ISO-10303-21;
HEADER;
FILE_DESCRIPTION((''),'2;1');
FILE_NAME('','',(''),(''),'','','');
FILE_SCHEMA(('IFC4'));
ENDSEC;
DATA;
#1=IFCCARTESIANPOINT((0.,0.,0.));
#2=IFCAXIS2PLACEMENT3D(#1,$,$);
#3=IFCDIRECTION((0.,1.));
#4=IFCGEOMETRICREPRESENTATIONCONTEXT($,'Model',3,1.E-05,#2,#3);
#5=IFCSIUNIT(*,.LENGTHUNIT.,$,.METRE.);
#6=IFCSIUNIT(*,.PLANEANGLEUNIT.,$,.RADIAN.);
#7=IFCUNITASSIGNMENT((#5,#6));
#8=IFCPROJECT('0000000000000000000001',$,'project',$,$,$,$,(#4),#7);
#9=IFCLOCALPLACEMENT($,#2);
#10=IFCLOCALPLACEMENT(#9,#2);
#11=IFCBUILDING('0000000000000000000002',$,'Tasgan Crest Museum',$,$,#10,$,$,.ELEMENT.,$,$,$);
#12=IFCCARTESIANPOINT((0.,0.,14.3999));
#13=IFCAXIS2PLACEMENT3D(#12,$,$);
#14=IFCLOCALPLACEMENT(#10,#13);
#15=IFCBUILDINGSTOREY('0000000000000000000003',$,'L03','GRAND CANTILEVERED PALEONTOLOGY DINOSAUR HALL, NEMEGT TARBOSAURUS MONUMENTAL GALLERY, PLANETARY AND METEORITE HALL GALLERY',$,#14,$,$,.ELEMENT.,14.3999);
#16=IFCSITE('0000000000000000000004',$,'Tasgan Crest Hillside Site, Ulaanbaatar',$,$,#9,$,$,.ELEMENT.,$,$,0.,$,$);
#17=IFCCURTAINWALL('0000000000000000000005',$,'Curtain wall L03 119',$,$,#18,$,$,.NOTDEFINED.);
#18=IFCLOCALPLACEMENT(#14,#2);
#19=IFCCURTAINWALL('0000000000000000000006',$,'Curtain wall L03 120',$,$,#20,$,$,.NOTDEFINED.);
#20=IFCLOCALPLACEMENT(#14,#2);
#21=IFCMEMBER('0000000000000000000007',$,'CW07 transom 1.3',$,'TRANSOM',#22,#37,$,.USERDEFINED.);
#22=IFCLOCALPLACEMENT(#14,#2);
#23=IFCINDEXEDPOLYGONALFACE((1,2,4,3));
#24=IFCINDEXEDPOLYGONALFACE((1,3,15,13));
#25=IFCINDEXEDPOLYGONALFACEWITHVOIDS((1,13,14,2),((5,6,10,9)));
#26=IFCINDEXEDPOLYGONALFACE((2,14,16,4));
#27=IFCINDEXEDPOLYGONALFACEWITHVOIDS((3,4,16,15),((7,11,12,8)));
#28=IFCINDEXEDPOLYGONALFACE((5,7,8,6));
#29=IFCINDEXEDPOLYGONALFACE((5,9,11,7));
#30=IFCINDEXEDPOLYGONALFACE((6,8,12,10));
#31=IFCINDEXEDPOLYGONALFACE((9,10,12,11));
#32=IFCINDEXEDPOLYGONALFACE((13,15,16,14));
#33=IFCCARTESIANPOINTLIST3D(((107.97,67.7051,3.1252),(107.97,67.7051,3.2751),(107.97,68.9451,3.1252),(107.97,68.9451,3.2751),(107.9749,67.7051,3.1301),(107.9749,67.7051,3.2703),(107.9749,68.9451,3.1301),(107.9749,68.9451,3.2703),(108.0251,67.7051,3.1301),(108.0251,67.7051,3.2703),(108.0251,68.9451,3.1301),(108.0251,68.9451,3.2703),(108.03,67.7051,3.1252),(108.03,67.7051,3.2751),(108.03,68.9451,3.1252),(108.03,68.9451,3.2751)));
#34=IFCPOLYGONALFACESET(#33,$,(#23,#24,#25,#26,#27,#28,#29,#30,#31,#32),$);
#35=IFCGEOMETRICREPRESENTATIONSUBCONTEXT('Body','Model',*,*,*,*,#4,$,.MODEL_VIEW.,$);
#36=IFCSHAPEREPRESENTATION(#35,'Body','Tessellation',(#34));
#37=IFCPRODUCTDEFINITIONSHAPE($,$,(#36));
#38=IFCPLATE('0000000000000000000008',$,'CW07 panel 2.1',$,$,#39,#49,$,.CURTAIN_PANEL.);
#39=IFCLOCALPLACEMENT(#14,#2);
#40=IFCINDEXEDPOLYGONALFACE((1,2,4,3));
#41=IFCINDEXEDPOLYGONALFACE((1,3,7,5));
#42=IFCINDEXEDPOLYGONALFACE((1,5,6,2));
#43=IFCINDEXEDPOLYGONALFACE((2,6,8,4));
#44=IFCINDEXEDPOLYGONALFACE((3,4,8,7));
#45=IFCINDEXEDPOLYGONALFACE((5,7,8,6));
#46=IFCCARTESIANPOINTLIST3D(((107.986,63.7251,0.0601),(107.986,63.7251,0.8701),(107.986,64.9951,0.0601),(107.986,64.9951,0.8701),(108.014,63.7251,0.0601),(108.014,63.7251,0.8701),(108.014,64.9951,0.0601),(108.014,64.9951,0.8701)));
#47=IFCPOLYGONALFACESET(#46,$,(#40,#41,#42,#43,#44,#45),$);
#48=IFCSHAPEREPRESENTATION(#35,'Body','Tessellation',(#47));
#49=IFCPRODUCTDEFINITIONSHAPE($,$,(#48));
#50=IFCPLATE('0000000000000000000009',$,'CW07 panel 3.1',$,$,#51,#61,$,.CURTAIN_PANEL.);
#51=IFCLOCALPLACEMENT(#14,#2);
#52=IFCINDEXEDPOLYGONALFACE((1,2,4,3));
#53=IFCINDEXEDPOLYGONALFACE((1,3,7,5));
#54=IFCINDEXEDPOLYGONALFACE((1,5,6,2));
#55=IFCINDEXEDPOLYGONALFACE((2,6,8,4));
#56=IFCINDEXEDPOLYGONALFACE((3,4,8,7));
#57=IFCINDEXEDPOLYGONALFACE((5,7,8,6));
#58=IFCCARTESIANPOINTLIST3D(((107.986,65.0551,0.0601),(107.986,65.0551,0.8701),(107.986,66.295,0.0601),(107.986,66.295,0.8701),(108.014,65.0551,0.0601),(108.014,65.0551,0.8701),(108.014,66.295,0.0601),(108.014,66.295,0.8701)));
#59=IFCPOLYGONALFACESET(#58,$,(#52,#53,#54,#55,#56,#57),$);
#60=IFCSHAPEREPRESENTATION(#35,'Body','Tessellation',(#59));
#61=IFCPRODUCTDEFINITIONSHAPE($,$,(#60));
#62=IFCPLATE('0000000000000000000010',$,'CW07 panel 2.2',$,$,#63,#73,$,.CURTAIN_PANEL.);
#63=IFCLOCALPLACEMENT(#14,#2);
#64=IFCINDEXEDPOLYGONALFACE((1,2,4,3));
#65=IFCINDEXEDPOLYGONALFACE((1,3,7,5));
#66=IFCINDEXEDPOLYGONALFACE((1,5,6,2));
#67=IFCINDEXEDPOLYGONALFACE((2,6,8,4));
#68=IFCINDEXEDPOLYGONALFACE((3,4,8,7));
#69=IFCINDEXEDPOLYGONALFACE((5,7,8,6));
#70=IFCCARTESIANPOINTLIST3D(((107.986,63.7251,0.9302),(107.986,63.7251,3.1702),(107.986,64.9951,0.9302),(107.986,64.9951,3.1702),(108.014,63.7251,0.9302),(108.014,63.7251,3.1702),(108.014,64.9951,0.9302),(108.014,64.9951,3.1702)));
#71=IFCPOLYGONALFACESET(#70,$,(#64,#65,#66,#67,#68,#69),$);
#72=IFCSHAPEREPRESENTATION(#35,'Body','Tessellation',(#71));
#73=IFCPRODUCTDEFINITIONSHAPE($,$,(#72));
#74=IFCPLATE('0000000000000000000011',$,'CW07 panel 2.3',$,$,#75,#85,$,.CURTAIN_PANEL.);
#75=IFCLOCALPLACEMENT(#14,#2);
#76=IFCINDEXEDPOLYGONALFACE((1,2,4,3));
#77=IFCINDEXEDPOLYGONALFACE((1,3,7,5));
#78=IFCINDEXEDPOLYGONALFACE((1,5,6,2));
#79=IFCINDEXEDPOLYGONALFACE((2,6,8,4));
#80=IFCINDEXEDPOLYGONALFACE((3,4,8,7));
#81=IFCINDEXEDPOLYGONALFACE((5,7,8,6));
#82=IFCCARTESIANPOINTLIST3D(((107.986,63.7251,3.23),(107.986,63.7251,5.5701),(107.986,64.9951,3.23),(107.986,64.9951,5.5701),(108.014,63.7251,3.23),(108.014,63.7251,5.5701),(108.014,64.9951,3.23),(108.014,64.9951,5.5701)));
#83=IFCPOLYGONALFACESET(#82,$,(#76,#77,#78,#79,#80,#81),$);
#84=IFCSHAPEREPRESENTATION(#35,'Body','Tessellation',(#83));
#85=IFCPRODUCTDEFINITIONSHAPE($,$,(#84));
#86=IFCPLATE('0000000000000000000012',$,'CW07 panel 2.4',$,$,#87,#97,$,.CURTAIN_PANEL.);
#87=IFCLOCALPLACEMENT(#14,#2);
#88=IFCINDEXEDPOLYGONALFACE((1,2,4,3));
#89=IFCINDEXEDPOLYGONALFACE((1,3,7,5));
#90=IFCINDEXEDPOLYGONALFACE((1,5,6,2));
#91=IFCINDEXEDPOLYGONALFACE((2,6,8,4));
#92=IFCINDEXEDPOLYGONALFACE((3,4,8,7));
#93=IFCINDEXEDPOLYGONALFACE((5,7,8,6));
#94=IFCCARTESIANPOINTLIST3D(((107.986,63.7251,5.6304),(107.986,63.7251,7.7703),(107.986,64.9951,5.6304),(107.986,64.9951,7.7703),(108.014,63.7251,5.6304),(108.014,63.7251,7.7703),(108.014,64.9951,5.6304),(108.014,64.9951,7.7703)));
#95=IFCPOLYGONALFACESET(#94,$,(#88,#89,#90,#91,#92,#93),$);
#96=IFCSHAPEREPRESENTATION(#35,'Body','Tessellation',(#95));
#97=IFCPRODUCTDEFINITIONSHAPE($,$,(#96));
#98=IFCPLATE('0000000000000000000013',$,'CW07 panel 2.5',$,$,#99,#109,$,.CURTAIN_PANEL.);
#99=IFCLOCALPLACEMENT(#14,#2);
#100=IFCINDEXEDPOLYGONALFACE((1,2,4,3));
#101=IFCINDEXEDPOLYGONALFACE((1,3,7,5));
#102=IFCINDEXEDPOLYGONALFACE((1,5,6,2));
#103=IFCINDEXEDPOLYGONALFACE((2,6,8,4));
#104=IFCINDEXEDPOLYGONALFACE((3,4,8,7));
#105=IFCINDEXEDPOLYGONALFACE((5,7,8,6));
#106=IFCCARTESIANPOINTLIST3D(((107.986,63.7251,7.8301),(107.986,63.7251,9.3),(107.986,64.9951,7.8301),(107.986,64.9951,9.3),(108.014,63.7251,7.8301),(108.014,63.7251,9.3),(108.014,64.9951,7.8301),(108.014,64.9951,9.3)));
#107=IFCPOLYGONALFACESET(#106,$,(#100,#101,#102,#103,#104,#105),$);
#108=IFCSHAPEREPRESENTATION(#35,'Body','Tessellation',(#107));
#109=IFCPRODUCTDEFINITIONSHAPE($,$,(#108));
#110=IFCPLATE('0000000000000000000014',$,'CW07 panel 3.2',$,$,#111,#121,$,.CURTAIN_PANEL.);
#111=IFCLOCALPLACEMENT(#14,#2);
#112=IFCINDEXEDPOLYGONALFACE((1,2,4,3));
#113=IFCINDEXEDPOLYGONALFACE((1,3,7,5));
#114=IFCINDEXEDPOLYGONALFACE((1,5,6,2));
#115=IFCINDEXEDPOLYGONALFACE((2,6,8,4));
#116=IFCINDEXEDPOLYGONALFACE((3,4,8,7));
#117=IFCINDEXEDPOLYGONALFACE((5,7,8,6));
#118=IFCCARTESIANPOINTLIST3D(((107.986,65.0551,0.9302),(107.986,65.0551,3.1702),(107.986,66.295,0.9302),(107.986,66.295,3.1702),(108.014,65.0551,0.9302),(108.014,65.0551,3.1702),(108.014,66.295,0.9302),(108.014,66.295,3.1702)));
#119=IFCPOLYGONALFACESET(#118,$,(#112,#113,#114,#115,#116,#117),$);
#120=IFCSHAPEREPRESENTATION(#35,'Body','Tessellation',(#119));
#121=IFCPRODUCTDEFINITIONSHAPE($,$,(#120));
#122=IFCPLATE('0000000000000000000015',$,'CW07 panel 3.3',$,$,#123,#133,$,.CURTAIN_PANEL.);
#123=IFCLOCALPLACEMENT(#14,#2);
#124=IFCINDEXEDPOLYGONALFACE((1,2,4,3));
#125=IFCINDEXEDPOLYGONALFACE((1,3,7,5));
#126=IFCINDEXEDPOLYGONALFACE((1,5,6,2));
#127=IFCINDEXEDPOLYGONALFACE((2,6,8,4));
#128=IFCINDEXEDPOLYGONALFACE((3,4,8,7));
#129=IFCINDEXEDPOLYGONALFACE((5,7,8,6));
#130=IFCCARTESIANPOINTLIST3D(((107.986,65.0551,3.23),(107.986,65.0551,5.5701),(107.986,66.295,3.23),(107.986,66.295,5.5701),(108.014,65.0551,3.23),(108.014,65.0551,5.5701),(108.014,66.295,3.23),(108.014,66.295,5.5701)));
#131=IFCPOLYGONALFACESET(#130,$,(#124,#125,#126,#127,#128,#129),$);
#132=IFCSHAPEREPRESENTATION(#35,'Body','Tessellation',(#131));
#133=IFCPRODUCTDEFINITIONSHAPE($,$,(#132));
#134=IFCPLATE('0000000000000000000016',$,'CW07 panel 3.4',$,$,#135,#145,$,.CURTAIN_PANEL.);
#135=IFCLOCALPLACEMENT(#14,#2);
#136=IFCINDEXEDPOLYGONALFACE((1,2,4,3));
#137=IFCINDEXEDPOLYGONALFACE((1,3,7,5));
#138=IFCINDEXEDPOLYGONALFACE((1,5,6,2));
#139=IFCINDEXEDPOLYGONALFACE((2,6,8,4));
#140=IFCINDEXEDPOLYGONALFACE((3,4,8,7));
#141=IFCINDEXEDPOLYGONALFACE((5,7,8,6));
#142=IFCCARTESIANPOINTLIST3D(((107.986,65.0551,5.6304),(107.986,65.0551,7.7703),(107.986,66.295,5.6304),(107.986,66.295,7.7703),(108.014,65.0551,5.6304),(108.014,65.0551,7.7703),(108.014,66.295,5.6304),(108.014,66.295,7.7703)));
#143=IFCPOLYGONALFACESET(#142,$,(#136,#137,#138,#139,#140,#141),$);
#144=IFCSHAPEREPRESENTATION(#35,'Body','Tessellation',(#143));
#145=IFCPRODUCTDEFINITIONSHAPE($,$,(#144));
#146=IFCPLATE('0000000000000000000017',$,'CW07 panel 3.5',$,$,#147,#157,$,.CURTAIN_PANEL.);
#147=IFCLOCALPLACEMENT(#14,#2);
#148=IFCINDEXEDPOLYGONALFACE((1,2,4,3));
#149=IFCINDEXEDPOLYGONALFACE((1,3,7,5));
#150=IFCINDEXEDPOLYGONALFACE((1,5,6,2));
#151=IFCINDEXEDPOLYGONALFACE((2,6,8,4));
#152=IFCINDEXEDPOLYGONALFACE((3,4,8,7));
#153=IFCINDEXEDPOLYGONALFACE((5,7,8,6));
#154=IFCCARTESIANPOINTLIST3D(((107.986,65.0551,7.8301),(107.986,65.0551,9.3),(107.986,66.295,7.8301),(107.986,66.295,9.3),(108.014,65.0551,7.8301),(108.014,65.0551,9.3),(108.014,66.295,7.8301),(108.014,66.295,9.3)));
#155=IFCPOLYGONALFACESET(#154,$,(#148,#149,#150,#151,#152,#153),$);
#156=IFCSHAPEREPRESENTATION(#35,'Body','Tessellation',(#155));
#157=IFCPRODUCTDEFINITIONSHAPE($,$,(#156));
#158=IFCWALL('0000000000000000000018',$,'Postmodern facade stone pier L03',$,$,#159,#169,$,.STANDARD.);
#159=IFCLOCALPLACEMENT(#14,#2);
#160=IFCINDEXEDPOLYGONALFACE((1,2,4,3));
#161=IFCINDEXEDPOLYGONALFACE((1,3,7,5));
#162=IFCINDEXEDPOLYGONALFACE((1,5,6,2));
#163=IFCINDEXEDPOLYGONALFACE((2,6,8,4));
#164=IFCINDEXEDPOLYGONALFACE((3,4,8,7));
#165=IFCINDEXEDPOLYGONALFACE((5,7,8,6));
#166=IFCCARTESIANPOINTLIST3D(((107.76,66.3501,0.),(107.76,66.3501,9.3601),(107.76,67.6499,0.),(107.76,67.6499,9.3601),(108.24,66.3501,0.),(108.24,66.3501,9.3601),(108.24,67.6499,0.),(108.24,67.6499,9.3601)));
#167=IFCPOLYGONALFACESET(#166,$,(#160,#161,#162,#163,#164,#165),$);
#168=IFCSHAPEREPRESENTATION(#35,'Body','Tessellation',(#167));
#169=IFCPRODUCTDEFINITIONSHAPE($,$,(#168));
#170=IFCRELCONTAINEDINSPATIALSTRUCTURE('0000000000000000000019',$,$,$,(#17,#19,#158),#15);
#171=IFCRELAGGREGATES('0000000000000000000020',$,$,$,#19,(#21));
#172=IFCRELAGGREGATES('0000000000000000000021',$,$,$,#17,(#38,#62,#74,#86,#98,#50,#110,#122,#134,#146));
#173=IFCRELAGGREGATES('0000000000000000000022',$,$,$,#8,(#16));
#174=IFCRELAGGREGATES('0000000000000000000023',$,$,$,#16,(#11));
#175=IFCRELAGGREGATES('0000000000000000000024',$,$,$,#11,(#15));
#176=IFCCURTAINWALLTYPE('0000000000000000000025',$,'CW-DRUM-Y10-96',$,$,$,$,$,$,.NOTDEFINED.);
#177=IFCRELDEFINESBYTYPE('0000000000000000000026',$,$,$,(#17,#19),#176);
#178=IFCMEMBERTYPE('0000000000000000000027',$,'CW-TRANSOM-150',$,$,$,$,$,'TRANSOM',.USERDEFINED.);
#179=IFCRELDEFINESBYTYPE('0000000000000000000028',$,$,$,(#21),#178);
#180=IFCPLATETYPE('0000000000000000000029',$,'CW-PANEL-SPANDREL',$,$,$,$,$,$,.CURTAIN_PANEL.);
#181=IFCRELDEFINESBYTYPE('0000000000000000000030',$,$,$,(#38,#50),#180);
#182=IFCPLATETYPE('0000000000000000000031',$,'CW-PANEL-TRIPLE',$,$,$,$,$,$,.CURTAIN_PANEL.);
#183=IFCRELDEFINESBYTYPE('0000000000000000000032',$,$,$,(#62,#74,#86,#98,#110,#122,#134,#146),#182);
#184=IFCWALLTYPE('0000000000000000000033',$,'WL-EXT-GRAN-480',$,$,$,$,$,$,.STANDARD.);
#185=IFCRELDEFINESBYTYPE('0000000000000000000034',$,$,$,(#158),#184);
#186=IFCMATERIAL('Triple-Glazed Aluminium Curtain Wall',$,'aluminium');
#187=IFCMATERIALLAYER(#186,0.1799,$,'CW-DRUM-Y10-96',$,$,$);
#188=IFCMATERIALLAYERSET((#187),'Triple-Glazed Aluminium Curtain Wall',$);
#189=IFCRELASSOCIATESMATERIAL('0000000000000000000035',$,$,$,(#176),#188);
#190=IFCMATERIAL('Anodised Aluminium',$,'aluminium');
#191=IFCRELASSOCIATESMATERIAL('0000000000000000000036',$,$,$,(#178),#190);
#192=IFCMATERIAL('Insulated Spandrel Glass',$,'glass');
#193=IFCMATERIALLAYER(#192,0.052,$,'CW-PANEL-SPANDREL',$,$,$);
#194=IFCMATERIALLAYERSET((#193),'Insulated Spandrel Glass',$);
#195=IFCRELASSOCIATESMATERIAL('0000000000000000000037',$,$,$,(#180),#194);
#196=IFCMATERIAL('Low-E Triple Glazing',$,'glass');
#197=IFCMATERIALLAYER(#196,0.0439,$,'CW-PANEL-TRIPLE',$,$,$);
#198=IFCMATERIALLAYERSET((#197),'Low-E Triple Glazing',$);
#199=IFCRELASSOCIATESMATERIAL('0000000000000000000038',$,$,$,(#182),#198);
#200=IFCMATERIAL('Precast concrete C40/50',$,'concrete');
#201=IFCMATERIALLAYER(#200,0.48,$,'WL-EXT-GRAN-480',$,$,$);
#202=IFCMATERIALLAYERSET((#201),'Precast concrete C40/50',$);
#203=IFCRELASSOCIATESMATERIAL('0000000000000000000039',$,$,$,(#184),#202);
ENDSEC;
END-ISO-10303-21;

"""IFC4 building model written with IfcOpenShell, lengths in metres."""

from ifc_helpers import new_model, si_unit, direction, frame, frame_2d, origin, origin_2d, place, context, subcontext, project, spatial, rectangle, hollow_rectangle, extrude, material, layer, layer_set, material_profile, profile_set, type_object, element, aggregate, save


model = new_model("IFC4")

# Units and contexts
model_context = context("Model", 3, precision=1e-05, world=origin(), true_north=direction((0.0, 1.0)))
body_context = subcontext(model_context, "Body", "Model", "MODEL_VIEW")
ifc_project = project(units=[si_unit("LENGTHUNIT", "METRE"), si_unit("PLANEANGLEUNIT", "RADIAN")], contexts=[model_context])

# Site, building, storey
site_placement = place(None, origin())
site = spatial("IfcSite", under=ifc_project, at=site_placement, Name="Tasgan Crest Hillside Site, Ulaanbaatar", CompositionType="ELEMENT", RefElevation=0.0)
building_placement = place(site_placement, origin())
building = spatial("IfcBuilding", under=site, at=building_placement, Name="Tasgan Crest Museum", CompositionType="ELEMENT")
storey_placement = place(building_placement, frame((0.0, 0.0, 14.3999)))
storey = spatial("IfcBuildingStorey", under=building, at=storey_placement, Name="L03", Description="GRAND CANTILEVERED PALEONTOLOGY DINOSAUR HALL, NEMEGT TARBOSAURUS MONUMENTAL GALLERY, PLANETARY AND METEORITE HALL GALLERY", CompositionType="ELEMENT", Elevation=14.3999)

# Curtain wall
ifc_material_1 = material(Name="Triple-Glazed Aluminium Curtain Wall", Category="aluminium")
ifc_layer_1 = layer(ifc_material_1, 0.1799, Name="CW-DRUM-Y10-96")
ifc_layer_set_1 = layer_set([ifc_layer_1], Name="Triple-Glazed Aluminium Curtain Wall")
curtain_wall_type = type_object("IfcCurtainWallType", Name="CW-DRUM-Y10-96", PredefinedType="NOTDEFINED", material=ifc_layer_set_1)
curtain_wall_1_placement = place(storey_placement, origin())
curtain_wall_1 = element("IfcCurtainWall", 1, at=curtain_wall_1_placement, inside=storey, type_object=curtain_wall_type, Name="Curtain wall L03 119", PredefinedType="NOTDEFINED")

# Curtain wall
curtain_wall_2_placement = place(storey_placement, origin())
curtain_wall_2 = element("IfcCurtainWall", 2, at=curtain_wall_2_placement, inside=storey, type_object=curtain_wall_type, Name="Curtain wall L03 120", PredefinedType="NOTDEFINED")

# Member
ifc_material_2 = material(Name="Anodised Aluminium", Category="aluminium")
ifc_material_profile_1 = material_profile(ifc_material_2, hollow_rectangle(XDim=0.0601, YDim=0.1499, WallThickness=0.0049, at=origin_2d()), Name="ALU TRANSOM 150x60x5")
ifc_profile_set_1 = profile_set([ifc_material_profile_1], Name="Anodised Aluminium")
member_type_1 = type_object("IfcMemberType", Name="CW-TRANSOM-150", ElementType="TRANSOM", PredefinedType="USERDEFINED", material=ifc_profile_set_1)
member_1_placement = place(storey_placement, frame((108.0, 67.7051, 3.2002), z_axis=(0.0, 1.0, 0.0), x_axis=(-1.0, 0.0, 0.0)))
member_1 = element("IfcMember", 3, at=member_1_placement, type_object=member_type_1, Name="CW07 transom 1.3", ObjectType="TRANSOM", PredefinedType="USERDEFINED", context=body_context, shape_type="SweptSolid", body=[
    extrude(hollow_rectangle(XDim=0.0601, YDim=0.1499, WallThickness=0.0049, at=origin_2d()), origin(), (0.0, 0.0, 1.0), 1.24),
])
aggregate(curtain_wall_2, [member_1])

# Plates
ifc_material_3 = material(Name="Insulated Spandrel Glass", Category="glass")
ifc_layer_2 = layer(ifc_material_3, 0.052, Name="CW-PANEL-SPANDREL")
ifc_layer_set_2 = layer_set([ifc_layer_2], Name="Insulated Spandrel Glass")
plate_type_1 = type_object("IfcPlateType", Name="CW-PANEL-SPANDREL", PredefinedType="CURTAIN_PANEL", material=ifc_layer_set_2)
plate_1_placement = place(storey_placement, frame((108.0, 64.3601, 0.0601), z_axis=(0.0, 0.0, 1.0), x_axis=(0.0, 1.0, 0.0)))
plate_1 = element("IfcPlate", 4, at=plate_1_placement, type_object=plate_type_1, Name="CW07 panel 2.1", PredefinedType="CURTAIN_PANEL", context=body_context, shape_type="SweptSolid", body=[
    extrude(rectangle(XDim=1.27, YDim=0.0281, at=origin_2d()), origin(), (0.0, 0.0, 1.0), 0.8101),
])
plate_2_placement = place(storey_placement, frame((108.0, 65.675, 0.0601), z_axis=(0.0, 0.0, 1.0), x_axis=(0.0, 1.0, 0.0)))
plate_2 = element("IfcPlate", 5, at=plate_2_placement, type_object=plate_type_1, Name="CW07 panel 3.1", PredefinedType="CURTAIN_PANEL", context=body_context, shape_type="SweptSolid", body=[
    extrude(rectangle(XDim=1.24, YDim=0.0281, at=origin_2d()), origin(), (0.0, 0.0, 1.0), 0.8101),
])
ifc_material_4 = material(Name="Low-E Triple Glazing", Category="glass")
ifc_layer_3 = layer(ifc_material_4, 0.0439, Name="CW-PANEL-TRIPLE")
ifc_layer_set_3 = layer_set([ifc_layer_3], Name="Low-E Triple Glazing")
plate_type_2 = type_object("IfcPlateType", Name="CW-PANEL-TRIPLE", PredefinedType="CURTAIN_PANEL", material=ifc_layer_set_3)
plate_3_placement = place(storey_placement, frame((108.0, 64.3601, 0.9302), z_axis=(0.0, 0.0, 1.0), x_axis=(0.0, 1.0, 0.0)))
plate_3 = element("IfcPlate", 6, at=plate_3_placement, type_object=plate_type_2, Name="CW07 panel 2.2", PredefinedType="CURTAIN_PANEL", context=body_context, shape_type="SweptSolid", body=[
    extrude(rectangle(XDim=1.27, YDim=0.0281, at=origin_2d()), origin(), (0.0, 0.0, 1.0), 2.24),
])
plate_4_placement = place(storey_placement, frame((108.0, 64.3601, 3.23), z_axis=(0.0, 0.0, 1.0), x_axis=(0.0, 1.0, 0.0)))
plate_4 = element("IfcPlate", 7, at=plate_4_placement, type_object=plate_type_2, Name="CW07 panel 2.3", PredefinedType="CURTAIN_PANEL", context=body_context, shape_type="SweptSolid", body=[
    extrude(rectangle(XDim=1.27, YDim=0.0281, at=origin_2d()), origin(), (0.0, 0.0, 1.0), 2.3401),
])
plate_5_placement = place(storey_placement, frame((108.0, 64.3601, 5.6304), z_axis=(0.0, 0.0, 1.0), x_axis=(0.0, 1.0, 0.0)))
plate_5 = element("IfcPlate", 8, at=plate_5_placement, type_object=plate_type_2, Name="CW07 panel 2.4", PredefinedType="CURTAIN_PANEL", context=body_context, shape_type="SweptSolid", body=[
    extrude(rectangle(XDim=1.27, YDim=0.0281, at=origin_2d()), origin(), (0.0, 0.0, 1.0), 2.1399),
])
plate_6_placement = place(storey_placement, frame((108.0, 64.3601, 7.8301), z_axis=(0.0, 0.0, 1.0), x_axis=(0.0, 1.0, 0.0)))
plate_6 = element("IfcPlate", 9, at=plate_6_placement, type_object=plate_type_2, Name="CW07 panel 2.5", PredefinedType="CURTAIN_PANEL", context=body_context, shape_type="SweptSolid", body=[
    extrude(rectangle(XDim=1.27, YDim=0.0281, at=origin_2d()), origin(), (0.0, 0.0, 1.0), 1.47),
])
plate_7_placement = place(storey_placement, frame((108.0, 65.675, 0.9302), z_axis=(0.0, 0.0, 1.0), x_axis=(0.0, 1.0, 0.0)))
plate_7 = element("IfcPlate", 10, at=plate_7_placement, type_object=plate_type_2, Name="CW07 panel 3.2", PredefinedType="CURTAIN_PANEL", context=body_context, shape_type="SweptSolid", body=[
    extrude(rectangle(XDim=1.24, YDim=0.0281, at=origin_2d()), origin(), (0.0, 0.0, 1.0), 2.24),
])
plate_8_placement = place(storey_placement, frame((108.0, 65.675, 3.23), z_axis=(0.0, 0.0, 1.0), x_axis=(0.0, 1.0, 0.0)))
plate_8 = element("IfcPlate", 11, at=plate_8_placement, type_object=plate_type_2, Name="CW07 panel 3.3", PredefinedType="CURTAIN_PANEL", context=body_context, shape_type="SweptSolid", body=[
    extrude(rectangle(XDim=1.24, YDim=0.0281, at=origin_2d()), origin(), (0.0, 0.0, 1.0), 2.3401),
])
plate_9_placement = place(storey_placement, frame((108.0, 65.675, 5.6304), z_axis=(0.0, 0.0, 1.0), x_axis=(0.0, 1.0, 0.0)))
plate_9 = element("IfcPlate", 12, at=plate_9_placement, type_object=plate_type_2, Name="CW07 panel 3.4", PredefinedType="CURTAIN_PANEL", context=body_context, shape_type="SweptSolid", body=[
    extrude(rectangle(XDim=1.24, YDim=0.0281, at=origin_2d()), origin(), (0.0, 0.0, 1.0), 2.1399),
])
plate_10_placement = place(storey_placement, frame((108.0, 65.675, 7.8301), z_axis=(0.0, 0.0, 1.0), x_axis=(0.0, 1.0, 0.0)))
plate_10 = element("IfcPlate", 13, at=plate_10_placement, type_object=plate_type_2, Name="CW07 panel 3.5", PredefinedType="CURTAIN_PANEL", context=body_context, shape_type="SweptSolid", body=[
    extrude(rectangle(XDim=1.24, YDim=0.0281, at=origin_2d()), origin(), (0.0, 0.0, 1.0), 1.47),
])
aggregate(curtain_wall_1, [plate_1, plate_3, plate_4, plate_5, plate_6, plate_2, plate_7, plate_8, plate_9, plate_10])

# Wall
ifc_material_5 = material(Name="Precast concrete C40/50", Category="concrete")
ifc_layer_4 = layer(ifc_material_5, 0.48, Name="WL-EXT-GRAN-480")
ifc_layer_set_4 = layer_set([ifc_layer_4], Name="Precast concrete C40/50")
wall_type = type_object("IfcWallType", Name="WL-EXT-GRAN-480", PredefinedType="STANDARD", material=ifc_layer_set_4)
wall_placement = place(storey_placement, frame((108.0, 66.3501, 0.0), z_axis=(0.0, 0.0, 1.0), x_axis=(0.0, 1.0, 0.0)))
element("IfcWall", 14, at=wall_placement, inside=storey, type_object=wall_type, Name="Postmodern facade stone pier L03", PredefinedType="STANDARD", context=body_context, shape_type="SweptSolid", body=[
    extrude(rectangle(XDim=1.2998, YDim=0.48, at=frame_2d((0.6499, 0.0))), origin(), (0.0, 0.0, 1.0), 9.3601),
])

save(model, "model.ifc")
